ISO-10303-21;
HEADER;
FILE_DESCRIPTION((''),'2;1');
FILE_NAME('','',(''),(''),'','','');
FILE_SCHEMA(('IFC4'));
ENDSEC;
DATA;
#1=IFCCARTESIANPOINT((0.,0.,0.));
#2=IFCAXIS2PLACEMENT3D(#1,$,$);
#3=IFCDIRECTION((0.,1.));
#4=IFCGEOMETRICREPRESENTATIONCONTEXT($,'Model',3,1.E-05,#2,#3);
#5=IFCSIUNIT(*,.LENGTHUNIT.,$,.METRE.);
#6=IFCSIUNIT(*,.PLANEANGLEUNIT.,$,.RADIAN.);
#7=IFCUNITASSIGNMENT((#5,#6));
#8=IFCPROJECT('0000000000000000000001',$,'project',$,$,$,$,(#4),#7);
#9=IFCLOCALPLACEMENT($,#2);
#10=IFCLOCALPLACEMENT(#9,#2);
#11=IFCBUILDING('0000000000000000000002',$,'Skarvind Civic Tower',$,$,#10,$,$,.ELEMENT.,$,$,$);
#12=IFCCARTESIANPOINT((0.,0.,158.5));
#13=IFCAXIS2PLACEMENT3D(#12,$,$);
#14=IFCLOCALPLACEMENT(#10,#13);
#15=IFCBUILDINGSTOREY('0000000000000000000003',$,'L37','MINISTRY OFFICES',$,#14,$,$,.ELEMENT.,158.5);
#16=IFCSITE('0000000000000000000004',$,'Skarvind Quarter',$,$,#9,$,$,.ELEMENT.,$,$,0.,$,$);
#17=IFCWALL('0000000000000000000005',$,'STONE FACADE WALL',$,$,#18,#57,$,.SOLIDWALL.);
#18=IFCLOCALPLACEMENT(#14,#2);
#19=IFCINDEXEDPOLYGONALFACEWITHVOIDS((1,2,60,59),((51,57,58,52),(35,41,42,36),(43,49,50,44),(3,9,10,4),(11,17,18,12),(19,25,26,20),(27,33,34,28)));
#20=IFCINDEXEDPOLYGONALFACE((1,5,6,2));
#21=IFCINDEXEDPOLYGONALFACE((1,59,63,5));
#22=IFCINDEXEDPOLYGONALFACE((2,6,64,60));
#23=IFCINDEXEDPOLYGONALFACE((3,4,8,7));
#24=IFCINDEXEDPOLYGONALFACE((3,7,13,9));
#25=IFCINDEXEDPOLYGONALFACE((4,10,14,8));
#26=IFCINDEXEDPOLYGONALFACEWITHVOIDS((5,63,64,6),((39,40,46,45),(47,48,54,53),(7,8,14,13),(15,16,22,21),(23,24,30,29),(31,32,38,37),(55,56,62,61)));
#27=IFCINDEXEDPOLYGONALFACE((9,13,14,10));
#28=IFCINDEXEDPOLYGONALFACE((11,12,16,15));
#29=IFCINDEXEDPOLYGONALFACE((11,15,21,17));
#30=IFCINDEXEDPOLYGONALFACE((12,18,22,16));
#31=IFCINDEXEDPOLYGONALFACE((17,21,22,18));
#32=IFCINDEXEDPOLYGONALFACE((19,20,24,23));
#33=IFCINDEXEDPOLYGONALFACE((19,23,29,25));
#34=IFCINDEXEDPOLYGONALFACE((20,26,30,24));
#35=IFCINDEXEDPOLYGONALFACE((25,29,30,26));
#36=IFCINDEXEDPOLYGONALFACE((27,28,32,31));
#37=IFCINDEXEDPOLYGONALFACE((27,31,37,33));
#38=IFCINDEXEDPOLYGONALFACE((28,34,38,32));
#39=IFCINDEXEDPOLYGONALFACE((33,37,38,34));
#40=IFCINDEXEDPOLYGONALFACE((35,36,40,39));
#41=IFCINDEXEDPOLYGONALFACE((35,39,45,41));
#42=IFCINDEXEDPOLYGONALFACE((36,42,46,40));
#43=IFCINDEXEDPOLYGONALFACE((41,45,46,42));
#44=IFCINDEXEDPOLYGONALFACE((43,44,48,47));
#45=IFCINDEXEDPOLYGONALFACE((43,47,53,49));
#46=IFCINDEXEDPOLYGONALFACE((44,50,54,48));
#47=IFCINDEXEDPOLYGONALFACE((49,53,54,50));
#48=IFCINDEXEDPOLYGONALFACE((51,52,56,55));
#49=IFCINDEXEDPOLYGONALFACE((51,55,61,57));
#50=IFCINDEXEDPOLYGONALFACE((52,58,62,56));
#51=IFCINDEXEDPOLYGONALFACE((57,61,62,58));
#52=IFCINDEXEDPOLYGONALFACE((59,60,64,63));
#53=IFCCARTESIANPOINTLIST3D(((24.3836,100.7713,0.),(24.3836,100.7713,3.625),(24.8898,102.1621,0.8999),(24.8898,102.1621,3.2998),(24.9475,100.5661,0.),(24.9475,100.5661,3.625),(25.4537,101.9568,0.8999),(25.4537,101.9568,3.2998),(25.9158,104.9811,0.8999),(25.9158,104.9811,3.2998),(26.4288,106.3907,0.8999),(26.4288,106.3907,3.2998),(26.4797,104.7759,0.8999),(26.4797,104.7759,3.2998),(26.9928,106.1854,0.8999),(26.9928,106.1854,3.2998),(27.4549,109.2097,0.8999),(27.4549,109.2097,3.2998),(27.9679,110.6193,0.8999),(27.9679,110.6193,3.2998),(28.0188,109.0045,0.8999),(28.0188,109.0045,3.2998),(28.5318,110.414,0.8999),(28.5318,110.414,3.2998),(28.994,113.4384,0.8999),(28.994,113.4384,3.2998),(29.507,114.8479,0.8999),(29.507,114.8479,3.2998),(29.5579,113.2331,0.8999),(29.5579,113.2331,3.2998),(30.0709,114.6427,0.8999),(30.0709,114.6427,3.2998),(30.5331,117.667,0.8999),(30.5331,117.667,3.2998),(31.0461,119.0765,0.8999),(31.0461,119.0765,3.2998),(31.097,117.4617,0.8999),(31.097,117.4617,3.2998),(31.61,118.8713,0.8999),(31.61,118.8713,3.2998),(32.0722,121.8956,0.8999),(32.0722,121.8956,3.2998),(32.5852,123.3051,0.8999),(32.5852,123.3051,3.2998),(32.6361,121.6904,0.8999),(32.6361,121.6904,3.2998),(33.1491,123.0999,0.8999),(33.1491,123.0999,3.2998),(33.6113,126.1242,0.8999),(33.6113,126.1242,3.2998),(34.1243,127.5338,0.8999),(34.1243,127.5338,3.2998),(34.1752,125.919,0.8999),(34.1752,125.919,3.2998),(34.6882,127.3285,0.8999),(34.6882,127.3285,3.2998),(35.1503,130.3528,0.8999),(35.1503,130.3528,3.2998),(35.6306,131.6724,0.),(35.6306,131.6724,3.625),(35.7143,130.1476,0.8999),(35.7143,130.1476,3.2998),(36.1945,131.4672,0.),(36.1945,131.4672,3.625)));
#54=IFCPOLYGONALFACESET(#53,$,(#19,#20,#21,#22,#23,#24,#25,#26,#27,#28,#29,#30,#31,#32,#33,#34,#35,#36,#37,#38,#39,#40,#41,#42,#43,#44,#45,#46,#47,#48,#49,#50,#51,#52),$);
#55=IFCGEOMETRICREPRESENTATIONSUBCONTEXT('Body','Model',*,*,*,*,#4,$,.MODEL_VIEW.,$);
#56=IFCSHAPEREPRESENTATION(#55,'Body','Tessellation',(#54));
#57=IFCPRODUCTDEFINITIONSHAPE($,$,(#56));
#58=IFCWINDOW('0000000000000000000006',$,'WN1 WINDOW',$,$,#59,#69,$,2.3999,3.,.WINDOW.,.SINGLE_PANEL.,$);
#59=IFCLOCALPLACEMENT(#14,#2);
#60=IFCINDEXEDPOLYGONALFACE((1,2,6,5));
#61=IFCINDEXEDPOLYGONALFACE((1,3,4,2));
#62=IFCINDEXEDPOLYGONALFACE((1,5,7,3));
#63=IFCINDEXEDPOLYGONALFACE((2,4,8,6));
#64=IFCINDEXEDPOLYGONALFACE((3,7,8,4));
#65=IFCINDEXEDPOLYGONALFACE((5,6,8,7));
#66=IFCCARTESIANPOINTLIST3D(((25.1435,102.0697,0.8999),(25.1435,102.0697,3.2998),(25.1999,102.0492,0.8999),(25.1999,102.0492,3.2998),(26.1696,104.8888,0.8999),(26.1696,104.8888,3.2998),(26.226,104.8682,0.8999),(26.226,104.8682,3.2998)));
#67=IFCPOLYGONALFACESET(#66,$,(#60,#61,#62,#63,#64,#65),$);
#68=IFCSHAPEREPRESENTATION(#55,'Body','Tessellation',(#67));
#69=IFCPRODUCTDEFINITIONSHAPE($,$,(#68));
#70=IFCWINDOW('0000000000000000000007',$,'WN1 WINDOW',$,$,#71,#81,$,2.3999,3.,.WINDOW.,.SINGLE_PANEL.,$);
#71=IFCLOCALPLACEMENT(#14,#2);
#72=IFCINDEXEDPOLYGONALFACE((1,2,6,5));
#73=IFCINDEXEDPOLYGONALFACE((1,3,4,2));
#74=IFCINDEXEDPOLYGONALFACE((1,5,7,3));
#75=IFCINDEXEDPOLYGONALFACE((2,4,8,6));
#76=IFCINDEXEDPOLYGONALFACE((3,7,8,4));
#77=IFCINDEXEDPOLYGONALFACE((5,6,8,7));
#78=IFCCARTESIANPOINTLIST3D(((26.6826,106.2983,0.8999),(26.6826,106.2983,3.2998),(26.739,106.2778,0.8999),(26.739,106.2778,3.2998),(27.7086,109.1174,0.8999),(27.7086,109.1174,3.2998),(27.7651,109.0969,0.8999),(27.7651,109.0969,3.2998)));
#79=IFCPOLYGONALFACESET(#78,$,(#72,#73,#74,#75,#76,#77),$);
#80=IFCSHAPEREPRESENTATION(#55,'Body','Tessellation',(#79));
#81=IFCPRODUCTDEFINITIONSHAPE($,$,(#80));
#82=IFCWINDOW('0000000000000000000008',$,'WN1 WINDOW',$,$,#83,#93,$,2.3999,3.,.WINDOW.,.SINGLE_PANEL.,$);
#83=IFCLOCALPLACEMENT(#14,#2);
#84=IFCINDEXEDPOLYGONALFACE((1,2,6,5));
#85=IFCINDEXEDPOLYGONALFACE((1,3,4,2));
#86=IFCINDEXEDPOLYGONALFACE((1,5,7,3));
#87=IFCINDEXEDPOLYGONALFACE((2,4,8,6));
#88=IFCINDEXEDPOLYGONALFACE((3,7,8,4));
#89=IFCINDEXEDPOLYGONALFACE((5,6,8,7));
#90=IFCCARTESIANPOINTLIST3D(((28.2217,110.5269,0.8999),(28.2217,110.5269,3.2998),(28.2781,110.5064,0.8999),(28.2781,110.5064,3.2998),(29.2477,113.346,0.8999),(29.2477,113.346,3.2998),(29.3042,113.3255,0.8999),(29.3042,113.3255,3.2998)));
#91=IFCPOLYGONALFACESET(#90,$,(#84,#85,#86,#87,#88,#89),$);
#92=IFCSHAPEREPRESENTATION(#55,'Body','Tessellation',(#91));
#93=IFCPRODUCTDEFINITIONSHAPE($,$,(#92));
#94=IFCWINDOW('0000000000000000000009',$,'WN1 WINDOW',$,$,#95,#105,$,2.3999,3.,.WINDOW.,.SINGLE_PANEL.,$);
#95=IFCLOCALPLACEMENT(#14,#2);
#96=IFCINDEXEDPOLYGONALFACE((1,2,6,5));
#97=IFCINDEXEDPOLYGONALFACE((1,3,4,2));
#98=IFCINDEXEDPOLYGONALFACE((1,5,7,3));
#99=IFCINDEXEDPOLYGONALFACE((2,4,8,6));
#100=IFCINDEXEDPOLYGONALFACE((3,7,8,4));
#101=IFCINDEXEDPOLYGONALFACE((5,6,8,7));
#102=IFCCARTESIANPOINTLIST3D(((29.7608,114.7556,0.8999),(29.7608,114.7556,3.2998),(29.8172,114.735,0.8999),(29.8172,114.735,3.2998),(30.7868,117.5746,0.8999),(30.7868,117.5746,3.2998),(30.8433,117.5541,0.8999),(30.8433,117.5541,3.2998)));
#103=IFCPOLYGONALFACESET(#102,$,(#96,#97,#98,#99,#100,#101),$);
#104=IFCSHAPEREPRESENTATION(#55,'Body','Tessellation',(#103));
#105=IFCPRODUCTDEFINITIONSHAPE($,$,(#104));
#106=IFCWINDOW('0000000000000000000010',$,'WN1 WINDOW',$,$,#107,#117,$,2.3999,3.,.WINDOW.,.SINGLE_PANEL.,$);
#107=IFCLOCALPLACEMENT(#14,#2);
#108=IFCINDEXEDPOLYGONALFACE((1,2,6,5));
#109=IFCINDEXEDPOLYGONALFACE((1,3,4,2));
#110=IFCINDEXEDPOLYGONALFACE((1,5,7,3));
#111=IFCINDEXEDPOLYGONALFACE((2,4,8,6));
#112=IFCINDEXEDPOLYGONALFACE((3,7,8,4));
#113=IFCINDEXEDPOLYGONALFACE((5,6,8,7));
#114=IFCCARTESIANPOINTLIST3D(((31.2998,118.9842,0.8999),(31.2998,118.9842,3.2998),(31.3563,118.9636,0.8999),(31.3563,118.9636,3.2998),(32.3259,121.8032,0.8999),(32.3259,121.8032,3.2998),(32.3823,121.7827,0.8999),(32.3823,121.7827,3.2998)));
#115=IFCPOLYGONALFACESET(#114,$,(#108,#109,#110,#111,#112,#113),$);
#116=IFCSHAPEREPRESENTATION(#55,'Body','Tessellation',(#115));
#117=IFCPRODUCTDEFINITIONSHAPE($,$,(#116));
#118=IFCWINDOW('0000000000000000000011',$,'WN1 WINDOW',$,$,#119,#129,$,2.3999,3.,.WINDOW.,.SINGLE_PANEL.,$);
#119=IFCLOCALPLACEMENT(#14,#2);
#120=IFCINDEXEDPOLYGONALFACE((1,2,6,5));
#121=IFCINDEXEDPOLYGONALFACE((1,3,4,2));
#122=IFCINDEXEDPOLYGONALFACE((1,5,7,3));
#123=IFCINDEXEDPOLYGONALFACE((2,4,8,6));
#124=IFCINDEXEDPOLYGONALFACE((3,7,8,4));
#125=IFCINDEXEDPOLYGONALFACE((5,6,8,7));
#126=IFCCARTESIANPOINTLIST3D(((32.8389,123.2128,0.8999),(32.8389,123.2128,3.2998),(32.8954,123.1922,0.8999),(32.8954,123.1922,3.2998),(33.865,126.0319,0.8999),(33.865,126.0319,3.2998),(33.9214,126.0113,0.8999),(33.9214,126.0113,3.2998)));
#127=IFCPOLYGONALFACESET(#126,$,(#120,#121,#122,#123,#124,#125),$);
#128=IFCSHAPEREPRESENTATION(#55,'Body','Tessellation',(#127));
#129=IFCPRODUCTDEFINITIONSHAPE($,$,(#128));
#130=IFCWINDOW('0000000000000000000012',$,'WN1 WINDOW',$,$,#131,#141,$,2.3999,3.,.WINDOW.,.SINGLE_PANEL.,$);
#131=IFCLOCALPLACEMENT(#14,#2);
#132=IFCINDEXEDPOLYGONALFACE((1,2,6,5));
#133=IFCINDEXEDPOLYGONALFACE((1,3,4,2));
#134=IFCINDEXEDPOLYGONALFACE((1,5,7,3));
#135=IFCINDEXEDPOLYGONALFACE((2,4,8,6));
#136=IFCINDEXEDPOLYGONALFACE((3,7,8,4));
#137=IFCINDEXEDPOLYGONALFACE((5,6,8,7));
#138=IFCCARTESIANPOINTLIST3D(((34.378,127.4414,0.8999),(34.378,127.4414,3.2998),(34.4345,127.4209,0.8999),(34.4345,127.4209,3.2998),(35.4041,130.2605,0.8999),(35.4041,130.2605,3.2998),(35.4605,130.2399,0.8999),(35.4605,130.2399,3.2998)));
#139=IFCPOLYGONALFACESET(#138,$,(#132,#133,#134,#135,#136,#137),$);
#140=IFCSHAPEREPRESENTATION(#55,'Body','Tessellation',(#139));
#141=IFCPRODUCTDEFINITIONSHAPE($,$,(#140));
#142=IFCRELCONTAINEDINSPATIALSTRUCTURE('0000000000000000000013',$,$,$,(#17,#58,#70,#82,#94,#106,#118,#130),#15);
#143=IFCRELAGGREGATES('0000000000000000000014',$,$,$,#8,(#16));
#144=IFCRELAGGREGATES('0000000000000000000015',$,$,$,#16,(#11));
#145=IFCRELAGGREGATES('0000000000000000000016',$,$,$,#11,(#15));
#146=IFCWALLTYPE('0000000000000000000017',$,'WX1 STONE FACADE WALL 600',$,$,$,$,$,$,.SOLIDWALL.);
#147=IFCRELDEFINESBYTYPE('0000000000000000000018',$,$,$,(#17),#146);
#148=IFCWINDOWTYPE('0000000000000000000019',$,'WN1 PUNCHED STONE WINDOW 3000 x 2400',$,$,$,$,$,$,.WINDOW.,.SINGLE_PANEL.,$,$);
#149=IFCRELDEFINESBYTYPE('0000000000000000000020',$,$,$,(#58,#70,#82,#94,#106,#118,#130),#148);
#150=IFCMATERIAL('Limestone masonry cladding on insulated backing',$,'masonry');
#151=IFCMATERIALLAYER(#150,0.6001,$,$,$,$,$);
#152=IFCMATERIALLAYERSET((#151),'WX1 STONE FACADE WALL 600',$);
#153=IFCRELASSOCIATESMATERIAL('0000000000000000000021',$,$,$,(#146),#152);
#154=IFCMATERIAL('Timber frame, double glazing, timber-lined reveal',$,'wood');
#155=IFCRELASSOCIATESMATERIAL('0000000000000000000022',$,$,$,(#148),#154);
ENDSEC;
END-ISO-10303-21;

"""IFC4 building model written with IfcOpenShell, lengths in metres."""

from ifc_helpers import new_model, si_unit, direction, frame, frame_2d, origin, place, context, subcontext, project, spatial, rectangle, extrude, material, layer, layer_set, type_object, element, fill, save


model = new_model("IFC4")

# Units and contexts
model_context = context("Model", 3, precision=1e-05, world=origin(), true_north=direction((0.0, 1.0)))
body_context = subcontext(model_context, "Body", "Model", "MODEL_VIEW")
ifc_project = project(units=[si_unit("LENGTHUNIT", "METRE"), si_unit("PLANEANGLEUNIT", "RADIAN")], contexts=[model_context])

# Site, building, storey
site_placement = place(None, origin())
site = spatial("IfcSite", under=ifc_project, at=site_placement, Name="Skarvind Quarter", CompositionType="ELEMENT", RefElevation=0.0)
building_placement = place(site_placement, origin())
building = spatial("IfcBuilding", under=site, at=building_placement, Name="Skarvind Civic Tower", CompositionType="ELEMENT")
storey_placement = place(building_placement, frame((0.0, 0.0, 158.5)))
storey = spatial("IfcBuildingStorey", under=building, at=storey_placement, Name="L37", Description="MINISTRY OFFICES", CompositionType="ELEMENT", Elevation=158.5)

# Wall, openings, windows
ifc_material_1 = material(Name="Limestone masonry cladding on insulated backing", Category="masonry")
ifc_layer_1 = layer(ifc_material_1, 0.6001)
ifc_layer_set_1 = layer_set([ifc_layer_1], Name="WX1 STONE FACADE WALL 600")
wall_type_1 = type_object("IfcWallType", Name="WX1 STONE FACADE WALL 600", PredefinedType="SOLIDWALL", material=ifc_layer_set_1)
wall_1_placement = place(storey_placement, frame((24.6655, 100.6687, 0.0), z_axis=(0.0, 0.0, 1.0), x_axis=(0.34202, 0.939693, 0.0)))
wall_1 = element("IfcWall", 1, at=wall_1_placement, inside=storey, type_object=wall_type_1, Name="STONE FACADE WALL", PredefinedType="SOLIDWALL", context=body_context, shape_type="SweptSolid", body=[
    extrude(rectangle(XDim=32.8843, YDim=0.6001, at=frame_2d((16.4421, 0.0))), origin(), (0.0, 0.0, 1.0), 3.625),
])
opening_1_placement = place(wall_1_placement, frame((1.48, 0.0, 0.8999)))
opening_1 = element("IfcOpeningElement", 2, at=opening_1_placement, cuts=wall_1, PredefinedType="OPENING", context=body_context, shape_type="SweptSolid", body=[
    extrude(rectangle(XDim=3.0, YDim=2.3999, at=frame_2d((1.5, 1.2))), frame((0.0, 0.3101, 0.0), z_axis=(0.0, -1.0, 0.0), x_axis=(1.0, 0.0, 0.0)), (0.0, 0.0, 1.0), 0.6201),
])
opening_2_placement = place(wall_1_placement, frame((5.98, 0.0, 0.8999)))
opening_2 = element("IfcOpeningElement", 3, at=opening_2_placement, cuts=wall_1, PredefinedType="OPENING", context=body_context, shape_type="SweptSolid", body=[
    extrude(rectangle(XDim=3.0, YDim=2.3999, at=frame_2d((1.5, 1.2))), frame((0.0, 0.3101, 0.0), z_axis=(0.0, -1.0, 0.0), x_axis=(1.0, 0.0, 0.0)), (0.0, 0.0, 1.0), 0.6201),
])
opening_3_placement = place(wall_1_placement, frame((10.48, 0.0, 0.8999)))
opening_3 = element("IfcOpeningElement", 4, at=opening_3_placement, cuts=wall_1, PredefinedType="OPENING", context=body_context, shape_type="SweptSolid", body=[
    extrude(rectangle(XDim=3.0, YDim=2.3999, at=frame_2d((1.5, 1.2))), frame((0.0, 0.3101, 0.0), z_axis=(0.0, -1.0, 0.0), x_axis=(1.0, 0.0, 0.0)), (0.0, 0.0, 1.0), 0.6201),
])
opening_4_placement = place(wall_1_placement, frame((14.98, 0.0, 0.8999)))
opening_4 = element("IfcOpeningElement", 5, at=opening_4_placement, cuts=wall_1, PredefinedType="OPENING", context=body_context, shape_type="SweptSolid", body=[
    extrude(rectangle(XDim=3.0, YDim=2.3999, at=frame_2d((1.5, 1.2))), frame((0.0, 0.3101, 0.0), z_axis=(0.0, -1.0, 0.0), x_axis=(1.0, 0.0, 0.0)), (0.0, 0.0, 1.0), 0.6201),
])
opening_5_placement = place(wall_1_placement, frame((19.48, 0.0, 0.8999)))
opening_5 = element("IfcOpeningElement", 6, at=opening_5_placement, cuts=wall_1, PredefinedType="OPENING", context=body_context, shape_type="SweptSolid", body=[
    extrude(rectangle(XDim=3.0, YDim=2.3999, at=frame_2d((1.5, 1.2))), frame((0.0, 0.3101, 0.0), z_axis=(0.0, -1.0, 0.0), x_axis=(1.0, 0.0, 0.0)), (0.0, 0.0, 1.0), 0.6201),
])
opening_6_placement = place(wall_1_placement, frame((23.98, 0.0, 0.8999)))
opening_6 = element("IfcOpeningElement", 7, at=opening_6_placement, cuts=wall_1, PredefinedType="OPENING", context=body_context, shape_type="SweptSolid", body=[
    extrude(rectangle(XDim=3.0, YDim=2.3999, at=frame_2d((1.5, 1.2))), frame((0.0, 0.3101, 0.0), z_axis=(0.0, -1.0, 0.0), x_axis=(1.0, 0.0, 0.0)), (0.0, 0.0, 1.0), 0.6201),
])
opening_7_placement = place(wall_1_placement, frame((28.48, 0.0, 0.8999)))
opening_7 = element("IfcOpeningElement", 8, at=opening_7_placement, cuts=wall_1, PredefinedType="OPENING", context=body_context, shape_type="SweptSolid", body=[
    extrude(rectangle(XDim=3.0, YDim=2.3999, at=frame_2d((1.5, 1.2))), frame((0.0, 0.3101, 0.0), z_axis=(0.0, -1.0, 0.0), x_axis=(1.0, 0.0, 0.0)), (0.0, 0.0, 1.0), 0.6201),
])
ifc_material_2 = material(Name="Timber frame, double glazing, timber-lined reveal", Category="wood")
window_type = type_object("IfcWindowType", Name="WN1 PUNCHED STONE WINDOW 3000 x 2400", PartitioningType="SINGLE_PANEL", PredefinedType="WINDOW", material=ifc_material_2)
window_1_placement = place(opening_1_placement, origin())
window_1 = element("IfcWindow", 9, at=window_1_placement, inside=storey, type_object=window_type, Name="WN1 WINDOW", OverallHeight=2.3999, OverallWidth=3.0, PartitioningType="SINGLE_PANEL", PredefinedType="WINDOW", context=body_context, shape_type="SweptSolid", body=[
    extrude(rectangle(XDim=3.0, YDim=2.3999, at=frame_2d((1.5, 1.2))), frame((0.0, 0.03, 0.0), z_axis=(0.0, -1.0, 0.0), x_axis=(1.0, 0.0, 0.0)), (0.0, 0.0, 1.0), 0.0601),
])
fill(opening_1, window_1)
window_2_placement = place(opening_2_placement, origin())
window_2 = element("IfcWindow", 10, at=window_2_placement, inside=storey, type_object=window_type, Name="WN1 WINDOW", OverallHeight=2.3999, OverallWidth=3.0, PartitioningType="SINGLE_PANEL", PredefinedType="WINDOW", context=body_context, shape_type="SweptSolid", body=[
    extrude(rectangle(XDim=3.0, YDim=2.3999, at=frame_2d((1.5, 1.2))), frame((0.0, 0.03, 0.0), z_axis=(0.0, -1.0, 0.0), x_axis=(1.0, 0.0, 0.0)), (0.0, 0.0, 1.0), 0.0601),
])
fill(opening_2, window_2)
window_3_placement = place(opening_3_placement, origin())
window_3 = element("IfcWindow", 11, at=window_3_placement, inside=storey, type_object=window_type, Name="WN1 WINDOW", OverallHeight=2.3999, OverallWidth=3.0, PartitioningType="SINGLE_PANEL", PredefinedType="WINDOW", context=body_context, shape_type="SweptSolid", body=[
    extrude(rectangle(XDim=3.0, YDim=2.3999, at=frame_2d((1.5, 1.2))), frame((0.0, 0.03, 0.0), z_axis=(0.0, -1.0, 0.0), x_axis=(1.0, 0.0, 0.0)), (0.0, 0.0, 1.0), 0.0601),
])
fill(opening_3, window_3)
window_4_placement = place(opening_4_placement, origin())
window_4 = element("IfcWindow", 12, at=window_4_placement, inside=storey, type_object=window_type, Name="WN1 WINDOW", OverallHeight=2.3999, OverallWidth=3.0, PartitioningType="SINGLE_PANEL", PredefinedType="WINDOW", context=body_context, shape_type="SweptSolid", body=[
    extrude(rectangle(XDim=3.0, YDim=2.3999, at=frame_2d((1.5, 1.2))), frame((0.0, 0.03, 0.0), z_axis=(0.0, -1.0, 0.0), x_axis=(1.0, 0.0, 0.0)), (0.0, 0.0, 1.0), 0.0601),
])
fill(opening_4, window_4)
window_5_placement = place(opening_5_placement, origin())
window_5 = element("IfcWindow", 13, at=window_5_placement, inside=storey, type_object=window_type, Name="WN1 WINDOW", OverallHeight=2.3999, OverallWidth=3.0, PartitioningType="SINGLE_PANEL", PredefinedType="WINDOW", context=body_context, shape_type="SweptSolid", body=[
    extrude(rectangle(XDim=3.0, YDim=2.3999, at=frame_2d((1.5, 1.2))), frame((0.0, 0.03, 0.0), z_axis=(0.0, -1.0, 0.0), x_axis=(1.0, 0.0, 0.0)), (0.0, 0.0, 1.0), 0.0601),
])
fill(opening_5, window_5)
window_6_placement = place(opening_6_placement, origin())
window_6 = element("IfcWindow", 14, at=window_6_placement, inside=storey, type_object=window_type, Name="WN1 WINDOW", OverallHeight=2.3999, OverallWidth=3.0, PartitioningType="SINGLE_PANEL", PredefinedType="WINDOW", context=body_context, shape_type="SweptSolid", body=[
    extrude(rectangle(XDim=3.0, YDim=2.3999, at=frame_2d((1.5, 1.2))), frame((0.0, 0.03, 0.0), z_axis=(0.0, -1.0, 0.0), x_axis=(1.0, 0.0, 0.0)), (0.0, 0.0, 1.0), 0.0601),
])
fill(opening_6, window_6)
window_7_placement = place(opening_7_placement, origin())
window_7 = element("IfcWindow", 15, at=window_7_placement, inside=storey, type_object=window_type, Name="WN1 WINDOW", OverallHeight=2.3999, OverallWidth=3.0, PartitioningType="SINGLE_PANEL", PredefinedType="WINDOW", context=body_context, shape_type="SweptSolid", body=[
    extrude(rectangle(XDim=3.0, YDim=2.3999, at=frame_2d((1.5, 1.2))), frame((0.0, 0.03, 0.0), z_axis=(0.0, -1.0, 0.0), x_axis=(1.0, 0.0, 0.0)), (0.0, 0.0, 1.0), 0.0601),
])
fill(opening_7, window_7)

save(model, "model.ifc")
